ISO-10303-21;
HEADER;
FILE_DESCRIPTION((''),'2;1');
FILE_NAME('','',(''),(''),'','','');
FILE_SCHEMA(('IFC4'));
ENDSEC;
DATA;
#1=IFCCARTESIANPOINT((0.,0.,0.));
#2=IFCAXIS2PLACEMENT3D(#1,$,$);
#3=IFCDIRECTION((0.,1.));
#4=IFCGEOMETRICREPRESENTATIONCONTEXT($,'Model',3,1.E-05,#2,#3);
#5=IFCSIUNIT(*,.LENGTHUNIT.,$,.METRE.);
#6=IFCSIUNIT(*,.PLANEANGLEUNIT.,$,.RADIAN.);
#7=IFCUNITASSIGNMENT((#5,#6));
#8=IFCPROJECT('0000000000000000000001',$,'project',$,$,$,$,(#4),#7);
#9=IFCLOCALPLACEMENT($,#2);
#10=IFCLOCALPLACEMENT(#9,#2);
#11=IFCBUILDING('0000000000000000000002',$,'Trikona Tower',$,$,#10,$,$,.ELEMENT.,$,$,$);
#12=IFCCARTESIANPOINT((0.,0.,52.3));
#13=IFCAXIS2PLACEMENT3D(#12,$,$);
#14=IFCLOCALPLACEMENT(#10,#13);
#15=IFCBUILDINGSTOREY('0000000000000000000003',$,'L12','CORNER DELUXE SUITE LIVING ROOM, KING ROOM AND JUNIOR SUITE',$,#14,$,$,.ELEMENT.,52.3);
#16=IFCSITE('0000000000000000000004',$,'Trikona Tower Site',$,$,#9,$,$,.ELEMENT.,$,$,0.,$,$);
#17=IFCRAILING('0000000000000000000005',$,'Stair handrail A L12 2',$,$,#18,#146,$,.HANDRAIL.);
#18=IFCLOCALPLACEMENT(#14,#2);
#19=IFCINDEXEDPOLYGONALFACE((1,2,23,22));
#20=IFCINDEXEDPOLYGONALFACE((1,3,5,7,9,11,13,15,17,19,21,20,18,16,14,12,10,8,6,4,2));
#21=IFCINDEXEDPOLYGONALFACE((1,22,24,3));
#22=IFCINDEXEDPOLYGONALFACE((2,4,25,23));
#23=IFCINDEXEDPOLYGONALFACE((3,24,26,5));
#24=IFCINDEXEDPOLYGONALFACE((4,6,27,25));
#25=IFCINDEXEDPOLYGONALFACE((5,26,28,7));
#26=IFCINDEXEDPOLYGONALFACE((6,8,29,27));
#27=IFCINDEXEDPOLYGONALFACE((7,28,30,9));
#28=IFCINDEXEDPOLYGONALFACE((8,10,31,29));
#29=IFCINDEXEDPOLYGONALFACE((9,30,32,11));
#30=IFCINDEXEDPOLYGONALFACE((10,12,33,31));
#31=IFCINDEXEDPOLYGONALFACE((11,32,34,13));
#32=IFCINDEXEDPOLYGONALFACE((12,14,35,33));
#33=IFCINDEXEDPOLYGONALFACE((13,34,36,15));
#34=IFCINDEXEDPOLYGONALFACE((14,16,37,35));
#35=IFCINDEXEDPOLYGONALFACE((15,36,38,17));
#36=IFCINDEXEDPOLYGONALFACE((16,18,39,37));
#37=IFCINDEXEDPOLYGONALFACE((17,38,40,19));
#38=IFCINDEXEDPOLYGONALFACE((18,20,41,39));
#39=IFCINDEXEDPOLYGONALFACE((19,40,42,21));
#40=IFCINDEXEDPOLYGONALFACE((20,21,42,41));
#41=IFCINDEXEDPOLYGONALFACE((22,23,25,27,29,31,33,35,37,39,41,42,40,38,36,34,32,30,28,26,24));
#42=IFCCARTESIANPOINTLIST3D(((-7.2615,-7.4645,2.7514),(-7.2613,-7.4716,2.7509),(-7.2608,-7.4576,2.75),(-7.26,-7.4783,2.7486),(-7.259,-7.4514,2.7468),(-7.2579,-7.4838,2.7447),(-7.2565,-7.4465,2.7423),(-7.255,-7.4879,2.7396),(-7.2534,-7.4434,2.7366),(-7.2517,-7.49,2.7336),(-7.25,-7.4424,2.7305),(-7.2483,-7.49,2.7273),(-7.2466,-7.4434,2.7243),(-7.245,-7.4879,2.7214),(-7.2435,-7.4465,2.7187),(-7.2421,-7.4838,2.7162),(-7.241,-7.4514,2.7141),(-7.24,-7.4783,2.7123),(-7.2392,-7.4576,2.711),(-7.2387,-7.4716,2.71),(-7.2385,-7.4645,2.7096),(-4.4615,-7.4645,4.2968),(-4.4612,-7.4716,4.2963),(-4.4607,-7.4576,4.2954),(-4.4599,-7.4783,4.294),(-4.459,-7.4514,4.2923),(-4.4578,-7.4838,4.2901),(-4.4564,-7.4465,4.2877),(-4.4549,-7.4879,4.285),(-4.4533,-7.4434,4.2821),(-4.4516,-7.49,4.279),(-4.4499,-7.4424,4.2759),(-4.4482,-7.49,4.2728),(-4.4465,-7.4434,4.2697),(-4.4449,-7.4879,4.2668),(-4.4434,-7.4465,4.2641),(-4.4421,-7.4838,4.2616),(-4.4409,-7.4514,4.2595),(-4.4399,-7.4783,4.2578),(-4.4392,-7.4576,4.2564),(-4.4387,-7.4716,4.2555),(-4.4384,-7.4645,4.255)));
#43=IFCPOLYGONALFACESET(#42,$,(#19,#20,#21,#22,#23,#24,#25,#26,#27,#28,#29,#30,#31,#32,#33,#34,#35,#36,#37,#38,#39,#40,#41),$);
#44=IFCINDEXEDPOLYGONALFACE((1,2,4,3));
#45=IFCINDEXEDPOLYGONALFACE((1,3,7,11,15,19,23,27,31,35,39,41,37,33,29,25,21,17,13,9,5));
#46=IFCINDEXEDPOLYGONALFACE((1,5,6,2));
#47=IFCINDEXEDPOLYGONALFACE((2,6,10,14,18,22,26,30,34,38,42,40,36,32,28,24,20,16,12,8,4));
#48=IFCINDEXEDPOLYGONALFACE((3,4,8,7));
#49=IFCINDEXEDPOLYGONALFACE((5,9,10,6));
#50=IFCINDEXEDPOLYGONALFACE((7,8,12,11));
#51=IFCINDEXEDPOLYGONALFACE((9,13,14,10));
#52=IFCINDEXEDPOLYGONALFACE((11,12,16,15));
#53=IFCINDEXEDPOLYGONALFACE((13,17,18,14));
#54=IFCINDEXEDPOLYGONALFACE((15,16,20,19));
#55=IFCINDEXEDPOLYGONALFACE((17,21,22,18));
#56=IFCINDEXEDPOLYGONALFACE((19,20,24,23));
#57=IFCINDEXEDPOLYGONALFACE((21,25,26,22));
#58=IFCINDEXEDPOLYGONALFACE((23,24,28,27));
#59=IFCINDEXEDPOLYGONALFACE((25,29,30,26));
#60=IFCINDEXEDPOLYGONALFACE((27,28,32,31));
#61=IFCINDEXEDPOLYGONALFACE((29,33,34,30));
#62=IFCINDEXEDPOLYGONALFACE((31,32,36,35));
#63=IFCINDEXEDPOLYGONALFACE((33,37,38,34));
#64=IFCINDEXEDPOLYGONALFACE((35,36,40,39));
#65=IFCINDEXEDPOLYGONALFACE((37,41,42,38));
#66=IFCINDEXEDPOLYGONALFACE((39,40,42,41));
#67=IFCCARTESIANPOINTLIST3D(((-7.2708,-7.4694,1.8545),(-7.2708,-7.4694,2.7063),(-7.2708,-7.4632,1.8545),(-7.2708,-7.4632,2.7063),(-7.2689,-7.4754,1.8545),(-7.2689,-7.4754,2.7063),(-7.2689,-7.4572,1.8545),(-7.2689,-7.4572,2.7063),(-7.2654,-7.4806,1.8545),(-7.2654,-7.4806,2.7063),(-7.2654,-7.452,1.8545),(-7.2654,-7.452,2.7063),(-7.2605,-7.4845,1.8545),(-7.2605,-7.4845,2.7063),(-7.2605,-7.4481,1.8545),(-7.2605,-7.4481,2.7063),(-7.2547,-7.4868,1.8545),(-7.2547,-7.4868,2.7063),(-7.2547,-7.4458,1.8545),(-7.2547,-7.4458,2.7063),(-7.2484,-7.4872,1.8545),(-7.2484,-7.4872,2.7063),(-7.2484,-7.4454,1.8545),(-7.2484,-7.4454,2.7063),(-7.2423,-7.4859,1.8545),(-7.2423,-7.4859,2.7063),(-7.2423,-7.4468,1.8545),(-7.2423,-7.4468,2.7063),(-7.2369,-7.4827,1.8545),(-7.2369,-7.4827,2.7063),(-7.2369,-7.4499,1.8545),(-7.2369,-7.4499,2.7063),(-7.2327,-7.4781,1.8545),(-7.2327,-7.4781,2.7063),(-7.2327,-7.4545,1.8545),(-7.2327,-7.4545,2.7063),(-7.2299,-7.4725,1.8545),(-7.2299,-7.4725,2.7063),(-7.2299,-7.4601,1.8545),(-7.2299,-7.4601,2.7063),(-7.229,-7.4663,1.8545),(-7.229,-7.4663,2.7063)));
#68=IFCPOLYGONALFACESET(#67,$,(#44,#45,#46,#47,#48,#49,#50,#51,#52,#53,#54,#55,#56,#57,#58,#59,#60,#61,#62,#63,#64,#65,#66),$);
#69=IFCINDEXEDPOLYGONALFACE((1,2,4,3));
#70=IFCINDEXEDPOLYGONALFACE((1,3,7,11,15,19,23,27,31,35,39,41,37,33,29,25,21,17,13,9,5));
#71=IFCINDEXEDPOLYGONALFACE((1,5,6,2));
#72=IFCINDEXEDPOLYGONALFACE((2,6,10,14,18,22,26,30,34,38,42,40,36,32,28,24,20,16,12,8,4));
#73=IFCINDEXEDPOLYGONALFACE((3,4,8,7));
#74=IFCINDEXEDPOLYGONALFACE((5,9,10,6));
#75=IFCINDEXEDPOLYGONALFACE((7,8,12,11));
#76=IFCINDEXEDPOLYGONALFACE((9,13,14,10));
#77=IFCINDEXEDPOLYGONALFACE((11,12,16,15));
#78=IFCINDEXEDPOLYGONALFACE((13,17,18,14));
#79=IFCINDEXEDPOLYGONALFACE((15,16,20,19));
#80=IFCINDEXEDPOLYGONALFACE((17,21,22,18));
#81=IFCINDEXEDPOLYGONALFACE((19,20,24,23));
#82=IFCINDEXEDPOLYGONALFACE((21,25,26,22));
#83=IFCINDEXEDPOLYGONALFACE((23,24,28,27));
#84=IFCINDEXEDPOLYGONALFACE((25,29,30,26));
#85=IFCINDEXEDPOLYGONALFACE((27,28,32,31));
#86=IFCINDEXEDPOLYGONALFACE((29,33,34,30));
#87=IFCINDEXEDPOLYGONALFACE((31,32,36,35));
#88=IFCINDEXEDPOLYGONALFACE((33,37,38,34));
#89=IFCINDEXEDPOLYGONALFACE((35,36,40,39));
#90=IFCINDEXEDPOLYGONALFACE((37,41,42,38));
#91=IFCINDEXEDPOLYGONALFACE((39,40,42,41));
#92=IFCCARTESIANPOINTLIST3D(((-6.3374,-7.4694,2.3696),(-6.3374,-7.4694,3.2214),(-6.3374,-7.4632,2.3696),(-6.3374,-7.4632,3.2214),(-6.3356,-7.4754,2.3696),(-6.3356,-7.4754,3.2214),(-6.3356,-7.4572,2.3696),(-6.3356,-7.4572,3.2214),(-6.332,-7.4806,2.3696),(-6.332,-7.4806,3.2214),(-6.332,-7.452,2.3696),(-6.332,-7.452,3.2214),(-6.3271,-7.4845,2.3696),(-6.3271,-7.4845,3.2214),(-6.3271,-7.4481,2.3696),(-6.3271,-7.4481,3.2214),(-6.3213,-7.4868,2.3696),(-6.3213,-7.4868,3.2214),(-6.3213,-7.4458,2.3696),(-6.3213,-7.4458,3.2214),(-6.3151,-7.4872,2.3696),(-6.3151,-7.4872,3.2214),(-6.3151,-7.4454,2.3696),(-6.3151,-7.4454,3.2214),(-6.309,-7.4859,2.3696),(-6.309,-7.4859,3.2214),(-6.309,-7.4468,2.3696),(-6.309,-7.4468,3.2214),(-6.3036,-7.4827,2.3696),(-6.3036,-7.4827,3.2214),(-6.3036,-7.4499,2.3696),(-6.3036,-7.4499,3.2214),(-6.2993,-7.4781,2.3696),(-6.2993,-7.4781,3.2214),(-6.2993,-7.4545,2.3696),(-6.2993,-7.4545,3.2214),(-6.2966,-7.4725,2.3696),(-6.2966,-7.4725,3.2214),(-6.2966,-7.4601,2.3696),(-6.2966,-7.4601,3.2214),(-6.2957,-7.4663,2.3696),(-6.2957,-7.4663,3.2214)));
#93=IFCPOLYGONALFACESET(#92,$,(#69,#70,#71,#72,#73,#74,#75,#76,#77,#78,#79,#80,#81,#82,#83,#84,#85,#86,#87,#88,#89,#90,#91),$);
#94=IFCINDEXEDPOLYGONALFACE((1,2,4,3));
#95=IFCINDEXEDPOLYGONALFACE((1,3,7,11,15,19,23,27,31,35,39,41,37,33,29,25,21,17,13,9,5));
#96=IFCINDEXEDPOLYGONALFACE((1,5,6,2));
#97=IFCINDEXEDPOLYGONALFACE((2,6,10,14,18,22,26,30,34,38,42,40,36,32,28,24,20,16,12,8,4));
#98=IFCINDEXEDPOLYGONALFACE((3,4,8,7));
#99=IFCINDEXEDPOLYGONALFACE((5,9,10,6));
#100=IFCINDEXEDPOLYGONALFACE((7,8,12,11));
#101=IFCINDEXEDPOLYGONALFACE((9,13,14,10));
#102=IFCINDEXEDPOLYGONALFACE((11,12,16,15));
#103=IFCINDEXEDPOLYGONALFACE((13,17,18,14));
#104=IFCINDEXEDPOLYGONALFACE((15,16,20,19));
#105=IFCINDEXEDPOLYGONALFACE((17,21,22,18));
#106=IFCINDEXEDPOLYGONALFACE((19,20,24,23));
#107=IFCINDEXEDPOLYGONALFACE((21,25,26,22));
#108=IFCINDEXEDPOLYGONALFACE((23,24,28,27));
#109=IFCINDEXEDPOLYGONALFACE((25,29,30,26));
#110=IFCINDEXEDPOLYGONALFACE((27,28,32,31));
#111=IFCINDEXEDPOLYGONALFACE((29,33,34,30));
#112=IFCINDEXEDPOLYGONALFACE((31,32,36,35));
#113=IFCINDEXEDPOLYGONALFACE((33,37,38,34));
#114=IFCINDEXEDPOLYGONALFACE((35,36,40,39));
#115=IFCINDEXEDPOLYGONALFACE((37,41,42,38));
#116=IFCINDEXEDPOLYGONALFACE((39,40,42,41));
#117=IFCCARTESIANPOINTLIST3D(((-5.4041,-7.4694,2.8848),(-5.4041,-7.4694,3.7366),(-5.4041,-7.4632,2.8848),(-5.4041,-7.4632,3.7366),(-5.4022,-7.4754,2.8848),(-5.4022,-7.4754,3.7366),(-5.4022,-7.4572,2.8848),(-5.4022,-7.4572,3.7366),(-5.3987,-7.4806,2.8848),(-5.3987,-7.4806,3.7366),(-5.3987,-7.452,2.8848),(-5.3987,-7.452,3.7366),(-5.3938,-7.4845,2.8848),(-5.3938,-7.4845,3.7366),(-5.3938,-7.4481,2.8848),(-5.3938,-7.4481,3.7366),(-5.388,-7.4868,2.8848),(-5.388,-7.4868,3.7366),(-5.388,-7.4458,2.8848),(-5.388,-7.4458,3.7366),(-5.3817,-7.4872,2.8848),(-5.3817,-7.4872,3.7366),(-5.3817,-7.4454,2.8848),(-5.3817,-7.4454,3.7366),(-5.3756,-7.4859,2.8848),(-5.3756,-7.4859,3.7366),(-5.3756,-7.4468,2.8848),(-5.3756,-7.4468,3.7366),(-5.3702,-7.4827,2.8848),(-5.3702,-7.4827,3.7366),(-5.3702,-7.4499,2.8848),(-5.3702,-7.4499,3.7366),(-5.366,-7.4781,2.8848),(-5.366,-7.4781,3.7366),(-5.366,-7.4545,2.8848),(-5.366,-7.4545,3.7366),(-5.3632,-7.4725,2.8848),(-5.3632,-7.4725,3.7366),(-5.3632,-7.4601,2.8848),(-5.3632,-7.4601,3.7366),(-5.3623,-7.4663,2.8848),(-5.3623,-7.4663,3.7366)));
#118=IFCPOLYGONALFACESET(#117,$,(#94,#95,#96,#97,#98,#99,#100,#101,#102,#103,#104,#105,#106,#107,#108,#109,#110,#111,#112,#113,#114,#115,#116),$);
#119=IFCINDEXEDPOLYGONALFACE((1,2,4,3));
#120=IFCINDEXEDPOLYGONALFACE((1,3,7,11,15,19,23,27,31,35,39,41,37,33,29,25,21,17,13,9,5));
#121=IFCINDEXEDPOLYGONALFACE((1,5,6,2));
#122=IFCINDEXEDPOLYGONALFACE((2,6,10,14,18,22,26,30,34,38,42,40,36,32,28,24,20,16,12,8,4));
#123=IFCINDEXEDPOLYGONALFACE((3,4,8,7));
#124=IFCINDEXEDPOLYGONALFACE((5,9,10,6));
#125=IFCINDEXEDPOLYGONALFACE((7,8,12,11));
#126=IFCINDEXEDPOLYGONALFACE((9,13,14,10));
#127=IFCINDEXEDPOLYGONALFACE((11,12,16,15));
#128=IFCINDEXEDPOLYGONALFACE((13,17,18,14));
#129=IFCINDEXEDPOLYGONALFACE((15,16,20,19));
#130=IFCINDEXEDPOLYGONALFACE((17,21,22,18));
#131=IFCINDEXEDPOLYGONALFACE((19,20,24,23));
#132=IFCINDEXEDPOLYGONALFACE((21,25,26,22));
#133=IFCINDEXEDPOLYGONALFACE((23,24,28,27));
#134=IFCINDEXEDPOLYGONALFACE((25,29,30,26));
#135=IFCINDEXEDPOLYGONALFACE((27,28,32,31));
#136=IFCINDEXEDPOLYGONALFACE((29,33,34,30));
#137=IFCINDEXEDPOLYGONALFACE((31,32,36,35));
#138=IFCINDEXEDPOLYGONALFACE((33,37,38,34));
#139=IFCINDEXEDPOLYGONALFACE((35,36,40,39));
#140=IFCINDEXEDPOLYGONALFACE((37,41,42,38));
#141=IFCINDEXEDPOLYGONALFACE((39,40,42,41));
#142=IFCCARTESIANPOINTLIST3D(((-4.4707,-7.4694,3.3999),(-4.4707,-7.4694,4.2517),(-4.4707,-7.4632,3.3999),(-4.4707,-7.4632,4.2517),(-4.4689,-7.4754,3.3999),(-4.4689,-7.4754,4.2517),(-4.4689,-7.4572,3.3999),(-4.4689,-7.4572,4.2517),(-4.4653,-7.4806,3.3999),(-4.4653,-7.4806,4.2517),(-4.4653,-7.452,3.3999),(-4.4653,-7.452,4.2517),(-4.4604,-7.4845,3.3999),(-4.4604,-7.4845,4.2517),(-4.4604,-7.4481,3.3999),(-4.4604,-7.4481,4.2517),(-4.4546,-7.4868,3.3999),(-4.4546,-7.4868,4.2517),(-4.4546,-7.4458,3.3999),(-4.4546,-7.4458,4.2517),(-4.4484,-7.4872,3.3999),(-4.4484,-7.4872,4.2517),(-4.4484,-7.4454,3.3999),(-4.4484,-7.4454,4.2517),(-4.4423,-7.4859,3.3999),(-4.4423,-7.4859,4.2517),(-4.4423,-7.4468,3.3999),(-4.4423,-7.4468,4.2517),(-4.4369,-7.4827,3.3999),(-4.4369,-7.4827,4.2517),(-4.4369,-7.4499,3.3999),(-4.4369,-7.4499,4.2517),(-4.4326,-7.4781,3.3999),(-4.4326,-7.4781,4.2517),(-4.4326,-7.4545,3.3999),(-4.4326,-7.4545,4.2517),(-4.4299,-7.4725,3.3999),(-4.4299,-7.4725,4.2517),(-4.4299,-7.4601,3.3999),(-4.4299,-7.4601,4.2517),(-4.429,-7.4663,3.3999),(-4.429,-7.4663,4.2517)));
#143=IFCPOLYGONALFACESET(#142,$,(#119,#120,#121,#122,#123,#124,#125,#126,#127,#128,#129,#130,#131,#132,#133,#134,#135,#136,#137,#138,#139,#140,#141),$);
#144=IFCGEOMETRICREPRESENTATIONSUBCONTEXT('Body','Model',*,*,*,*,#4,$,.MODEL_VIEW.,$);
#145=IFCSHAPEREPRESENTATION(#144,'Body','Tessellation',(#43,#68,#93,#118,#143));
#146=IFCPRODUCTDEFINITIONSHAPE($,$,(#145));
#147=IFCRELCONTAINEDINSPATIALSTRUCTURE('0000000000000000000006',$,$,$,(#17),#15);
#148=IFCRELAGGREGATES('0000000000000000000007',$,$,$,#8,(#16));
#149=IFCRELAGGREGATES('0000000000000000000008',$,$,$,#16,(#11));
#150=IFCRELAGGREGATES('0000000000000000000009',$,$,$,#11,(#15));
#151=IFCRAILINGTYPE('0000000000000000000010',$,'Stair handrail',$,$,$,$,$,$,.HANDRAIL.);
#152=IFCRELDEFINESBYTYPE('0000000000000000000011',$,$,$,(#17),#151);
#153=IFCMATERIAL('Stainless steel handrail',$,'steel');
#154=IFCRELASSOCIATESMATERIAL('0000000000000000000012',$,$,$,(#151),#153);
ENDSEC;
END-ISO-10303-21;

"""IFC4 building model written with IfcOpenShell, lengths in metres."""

from ifc_helpers import new_model, si_unit, direction, frame, origin, origin_2d, place, context, subcontext, project, spatial, circle, extrude, material, type_object, element, save


model = new_model("IFC4")

# Units and contexts
model_context = context("Model", 3, precision=1e-05, world=origin(), true_north=direction((0.0, 1.0)))
body_context = subcontext(model_context, "Body", "Model", "MODEL_VIEW")
ifc_project = project(units=[si_unit("LENGTHUNIT", "METRE"), si_unit("PLANEANGLEUNIT", "RADIAN")], contexts=[model_context])

# Site, building, storey
site_placement = place(None, origin())
site = spatial("IfcSite", under=ifc_project, at=site_placement, Name="Trikona Tower Site", CompositionType="ELEMENT", RefElevation=0.0)
building_placement = place(site_placement, origin())
building = spatial("IfcBuilding", under=site, at=building_placement, Name="Trikona Tower", CompositionType="ELEMENT")
storey_placement = place(building_placement, frame((0.0, 0.0, 52.3)))
storey = spatial("IfcBuildingStorey", under=building, at=storey_placement, Name="L12", Description="CORNER DELUXE SUITE LIVING ROOM, KING ROOM AND JUNIOR SUITE", CompositionType="ELEMENT", Elevation=52.3)

# Railing
ifc_material_1 = material(Name="Stainless steel handrail", Category="steel")
railing_type = type_object("IfcRailingType", Name="Stair handrail", PredefinedType="HANDRAIL", material=ifc_material_1)
railing_placement = place(storey_placement, frame((-7.25, -7.4663, 1.8545)))
element("IfcRailing", 1, at=railing_placement, inside=storey, type_object=railing_type, Name="Stair handrail A L12 2", PredefinedType="HANDRAIL", context=body_context, shape_type="SweptSolid", body=[
    extrude(circle(Radius=0.0239, at=origin_2d()), frame((0.0, 0.0, 0.876), z_axis=(0.875504, 0.0, 0.483211), x_axis=(0.0, 1.0, 0.0)), (0.0, 0.0, 1.0), 3.1982),
    extrude(circle(Radius=0.021, at=origin_2d()), origin(), (0.0, 0.0, 1.0), 0.8518),
    extrude(circle(Radius=0.021, at=origin_2d()), frame((0.9333, 0.0, 0.5151)), (0.0, 0.0, 1.0), 0.8518),
    extrude(circle(Radius=0.021, at=origin_2d()), frame((1.8667, 0.0, 1.0303)), (0.0, 0.0, 1.0), 0.8518),
    extrude(circle(Radius=0.021, at=origin_2d()), frame((2.8, 0.0, 1.5454)), (0.0, 0.0, 1.0), 0.8518),
])

save(model, "model.ifc")
